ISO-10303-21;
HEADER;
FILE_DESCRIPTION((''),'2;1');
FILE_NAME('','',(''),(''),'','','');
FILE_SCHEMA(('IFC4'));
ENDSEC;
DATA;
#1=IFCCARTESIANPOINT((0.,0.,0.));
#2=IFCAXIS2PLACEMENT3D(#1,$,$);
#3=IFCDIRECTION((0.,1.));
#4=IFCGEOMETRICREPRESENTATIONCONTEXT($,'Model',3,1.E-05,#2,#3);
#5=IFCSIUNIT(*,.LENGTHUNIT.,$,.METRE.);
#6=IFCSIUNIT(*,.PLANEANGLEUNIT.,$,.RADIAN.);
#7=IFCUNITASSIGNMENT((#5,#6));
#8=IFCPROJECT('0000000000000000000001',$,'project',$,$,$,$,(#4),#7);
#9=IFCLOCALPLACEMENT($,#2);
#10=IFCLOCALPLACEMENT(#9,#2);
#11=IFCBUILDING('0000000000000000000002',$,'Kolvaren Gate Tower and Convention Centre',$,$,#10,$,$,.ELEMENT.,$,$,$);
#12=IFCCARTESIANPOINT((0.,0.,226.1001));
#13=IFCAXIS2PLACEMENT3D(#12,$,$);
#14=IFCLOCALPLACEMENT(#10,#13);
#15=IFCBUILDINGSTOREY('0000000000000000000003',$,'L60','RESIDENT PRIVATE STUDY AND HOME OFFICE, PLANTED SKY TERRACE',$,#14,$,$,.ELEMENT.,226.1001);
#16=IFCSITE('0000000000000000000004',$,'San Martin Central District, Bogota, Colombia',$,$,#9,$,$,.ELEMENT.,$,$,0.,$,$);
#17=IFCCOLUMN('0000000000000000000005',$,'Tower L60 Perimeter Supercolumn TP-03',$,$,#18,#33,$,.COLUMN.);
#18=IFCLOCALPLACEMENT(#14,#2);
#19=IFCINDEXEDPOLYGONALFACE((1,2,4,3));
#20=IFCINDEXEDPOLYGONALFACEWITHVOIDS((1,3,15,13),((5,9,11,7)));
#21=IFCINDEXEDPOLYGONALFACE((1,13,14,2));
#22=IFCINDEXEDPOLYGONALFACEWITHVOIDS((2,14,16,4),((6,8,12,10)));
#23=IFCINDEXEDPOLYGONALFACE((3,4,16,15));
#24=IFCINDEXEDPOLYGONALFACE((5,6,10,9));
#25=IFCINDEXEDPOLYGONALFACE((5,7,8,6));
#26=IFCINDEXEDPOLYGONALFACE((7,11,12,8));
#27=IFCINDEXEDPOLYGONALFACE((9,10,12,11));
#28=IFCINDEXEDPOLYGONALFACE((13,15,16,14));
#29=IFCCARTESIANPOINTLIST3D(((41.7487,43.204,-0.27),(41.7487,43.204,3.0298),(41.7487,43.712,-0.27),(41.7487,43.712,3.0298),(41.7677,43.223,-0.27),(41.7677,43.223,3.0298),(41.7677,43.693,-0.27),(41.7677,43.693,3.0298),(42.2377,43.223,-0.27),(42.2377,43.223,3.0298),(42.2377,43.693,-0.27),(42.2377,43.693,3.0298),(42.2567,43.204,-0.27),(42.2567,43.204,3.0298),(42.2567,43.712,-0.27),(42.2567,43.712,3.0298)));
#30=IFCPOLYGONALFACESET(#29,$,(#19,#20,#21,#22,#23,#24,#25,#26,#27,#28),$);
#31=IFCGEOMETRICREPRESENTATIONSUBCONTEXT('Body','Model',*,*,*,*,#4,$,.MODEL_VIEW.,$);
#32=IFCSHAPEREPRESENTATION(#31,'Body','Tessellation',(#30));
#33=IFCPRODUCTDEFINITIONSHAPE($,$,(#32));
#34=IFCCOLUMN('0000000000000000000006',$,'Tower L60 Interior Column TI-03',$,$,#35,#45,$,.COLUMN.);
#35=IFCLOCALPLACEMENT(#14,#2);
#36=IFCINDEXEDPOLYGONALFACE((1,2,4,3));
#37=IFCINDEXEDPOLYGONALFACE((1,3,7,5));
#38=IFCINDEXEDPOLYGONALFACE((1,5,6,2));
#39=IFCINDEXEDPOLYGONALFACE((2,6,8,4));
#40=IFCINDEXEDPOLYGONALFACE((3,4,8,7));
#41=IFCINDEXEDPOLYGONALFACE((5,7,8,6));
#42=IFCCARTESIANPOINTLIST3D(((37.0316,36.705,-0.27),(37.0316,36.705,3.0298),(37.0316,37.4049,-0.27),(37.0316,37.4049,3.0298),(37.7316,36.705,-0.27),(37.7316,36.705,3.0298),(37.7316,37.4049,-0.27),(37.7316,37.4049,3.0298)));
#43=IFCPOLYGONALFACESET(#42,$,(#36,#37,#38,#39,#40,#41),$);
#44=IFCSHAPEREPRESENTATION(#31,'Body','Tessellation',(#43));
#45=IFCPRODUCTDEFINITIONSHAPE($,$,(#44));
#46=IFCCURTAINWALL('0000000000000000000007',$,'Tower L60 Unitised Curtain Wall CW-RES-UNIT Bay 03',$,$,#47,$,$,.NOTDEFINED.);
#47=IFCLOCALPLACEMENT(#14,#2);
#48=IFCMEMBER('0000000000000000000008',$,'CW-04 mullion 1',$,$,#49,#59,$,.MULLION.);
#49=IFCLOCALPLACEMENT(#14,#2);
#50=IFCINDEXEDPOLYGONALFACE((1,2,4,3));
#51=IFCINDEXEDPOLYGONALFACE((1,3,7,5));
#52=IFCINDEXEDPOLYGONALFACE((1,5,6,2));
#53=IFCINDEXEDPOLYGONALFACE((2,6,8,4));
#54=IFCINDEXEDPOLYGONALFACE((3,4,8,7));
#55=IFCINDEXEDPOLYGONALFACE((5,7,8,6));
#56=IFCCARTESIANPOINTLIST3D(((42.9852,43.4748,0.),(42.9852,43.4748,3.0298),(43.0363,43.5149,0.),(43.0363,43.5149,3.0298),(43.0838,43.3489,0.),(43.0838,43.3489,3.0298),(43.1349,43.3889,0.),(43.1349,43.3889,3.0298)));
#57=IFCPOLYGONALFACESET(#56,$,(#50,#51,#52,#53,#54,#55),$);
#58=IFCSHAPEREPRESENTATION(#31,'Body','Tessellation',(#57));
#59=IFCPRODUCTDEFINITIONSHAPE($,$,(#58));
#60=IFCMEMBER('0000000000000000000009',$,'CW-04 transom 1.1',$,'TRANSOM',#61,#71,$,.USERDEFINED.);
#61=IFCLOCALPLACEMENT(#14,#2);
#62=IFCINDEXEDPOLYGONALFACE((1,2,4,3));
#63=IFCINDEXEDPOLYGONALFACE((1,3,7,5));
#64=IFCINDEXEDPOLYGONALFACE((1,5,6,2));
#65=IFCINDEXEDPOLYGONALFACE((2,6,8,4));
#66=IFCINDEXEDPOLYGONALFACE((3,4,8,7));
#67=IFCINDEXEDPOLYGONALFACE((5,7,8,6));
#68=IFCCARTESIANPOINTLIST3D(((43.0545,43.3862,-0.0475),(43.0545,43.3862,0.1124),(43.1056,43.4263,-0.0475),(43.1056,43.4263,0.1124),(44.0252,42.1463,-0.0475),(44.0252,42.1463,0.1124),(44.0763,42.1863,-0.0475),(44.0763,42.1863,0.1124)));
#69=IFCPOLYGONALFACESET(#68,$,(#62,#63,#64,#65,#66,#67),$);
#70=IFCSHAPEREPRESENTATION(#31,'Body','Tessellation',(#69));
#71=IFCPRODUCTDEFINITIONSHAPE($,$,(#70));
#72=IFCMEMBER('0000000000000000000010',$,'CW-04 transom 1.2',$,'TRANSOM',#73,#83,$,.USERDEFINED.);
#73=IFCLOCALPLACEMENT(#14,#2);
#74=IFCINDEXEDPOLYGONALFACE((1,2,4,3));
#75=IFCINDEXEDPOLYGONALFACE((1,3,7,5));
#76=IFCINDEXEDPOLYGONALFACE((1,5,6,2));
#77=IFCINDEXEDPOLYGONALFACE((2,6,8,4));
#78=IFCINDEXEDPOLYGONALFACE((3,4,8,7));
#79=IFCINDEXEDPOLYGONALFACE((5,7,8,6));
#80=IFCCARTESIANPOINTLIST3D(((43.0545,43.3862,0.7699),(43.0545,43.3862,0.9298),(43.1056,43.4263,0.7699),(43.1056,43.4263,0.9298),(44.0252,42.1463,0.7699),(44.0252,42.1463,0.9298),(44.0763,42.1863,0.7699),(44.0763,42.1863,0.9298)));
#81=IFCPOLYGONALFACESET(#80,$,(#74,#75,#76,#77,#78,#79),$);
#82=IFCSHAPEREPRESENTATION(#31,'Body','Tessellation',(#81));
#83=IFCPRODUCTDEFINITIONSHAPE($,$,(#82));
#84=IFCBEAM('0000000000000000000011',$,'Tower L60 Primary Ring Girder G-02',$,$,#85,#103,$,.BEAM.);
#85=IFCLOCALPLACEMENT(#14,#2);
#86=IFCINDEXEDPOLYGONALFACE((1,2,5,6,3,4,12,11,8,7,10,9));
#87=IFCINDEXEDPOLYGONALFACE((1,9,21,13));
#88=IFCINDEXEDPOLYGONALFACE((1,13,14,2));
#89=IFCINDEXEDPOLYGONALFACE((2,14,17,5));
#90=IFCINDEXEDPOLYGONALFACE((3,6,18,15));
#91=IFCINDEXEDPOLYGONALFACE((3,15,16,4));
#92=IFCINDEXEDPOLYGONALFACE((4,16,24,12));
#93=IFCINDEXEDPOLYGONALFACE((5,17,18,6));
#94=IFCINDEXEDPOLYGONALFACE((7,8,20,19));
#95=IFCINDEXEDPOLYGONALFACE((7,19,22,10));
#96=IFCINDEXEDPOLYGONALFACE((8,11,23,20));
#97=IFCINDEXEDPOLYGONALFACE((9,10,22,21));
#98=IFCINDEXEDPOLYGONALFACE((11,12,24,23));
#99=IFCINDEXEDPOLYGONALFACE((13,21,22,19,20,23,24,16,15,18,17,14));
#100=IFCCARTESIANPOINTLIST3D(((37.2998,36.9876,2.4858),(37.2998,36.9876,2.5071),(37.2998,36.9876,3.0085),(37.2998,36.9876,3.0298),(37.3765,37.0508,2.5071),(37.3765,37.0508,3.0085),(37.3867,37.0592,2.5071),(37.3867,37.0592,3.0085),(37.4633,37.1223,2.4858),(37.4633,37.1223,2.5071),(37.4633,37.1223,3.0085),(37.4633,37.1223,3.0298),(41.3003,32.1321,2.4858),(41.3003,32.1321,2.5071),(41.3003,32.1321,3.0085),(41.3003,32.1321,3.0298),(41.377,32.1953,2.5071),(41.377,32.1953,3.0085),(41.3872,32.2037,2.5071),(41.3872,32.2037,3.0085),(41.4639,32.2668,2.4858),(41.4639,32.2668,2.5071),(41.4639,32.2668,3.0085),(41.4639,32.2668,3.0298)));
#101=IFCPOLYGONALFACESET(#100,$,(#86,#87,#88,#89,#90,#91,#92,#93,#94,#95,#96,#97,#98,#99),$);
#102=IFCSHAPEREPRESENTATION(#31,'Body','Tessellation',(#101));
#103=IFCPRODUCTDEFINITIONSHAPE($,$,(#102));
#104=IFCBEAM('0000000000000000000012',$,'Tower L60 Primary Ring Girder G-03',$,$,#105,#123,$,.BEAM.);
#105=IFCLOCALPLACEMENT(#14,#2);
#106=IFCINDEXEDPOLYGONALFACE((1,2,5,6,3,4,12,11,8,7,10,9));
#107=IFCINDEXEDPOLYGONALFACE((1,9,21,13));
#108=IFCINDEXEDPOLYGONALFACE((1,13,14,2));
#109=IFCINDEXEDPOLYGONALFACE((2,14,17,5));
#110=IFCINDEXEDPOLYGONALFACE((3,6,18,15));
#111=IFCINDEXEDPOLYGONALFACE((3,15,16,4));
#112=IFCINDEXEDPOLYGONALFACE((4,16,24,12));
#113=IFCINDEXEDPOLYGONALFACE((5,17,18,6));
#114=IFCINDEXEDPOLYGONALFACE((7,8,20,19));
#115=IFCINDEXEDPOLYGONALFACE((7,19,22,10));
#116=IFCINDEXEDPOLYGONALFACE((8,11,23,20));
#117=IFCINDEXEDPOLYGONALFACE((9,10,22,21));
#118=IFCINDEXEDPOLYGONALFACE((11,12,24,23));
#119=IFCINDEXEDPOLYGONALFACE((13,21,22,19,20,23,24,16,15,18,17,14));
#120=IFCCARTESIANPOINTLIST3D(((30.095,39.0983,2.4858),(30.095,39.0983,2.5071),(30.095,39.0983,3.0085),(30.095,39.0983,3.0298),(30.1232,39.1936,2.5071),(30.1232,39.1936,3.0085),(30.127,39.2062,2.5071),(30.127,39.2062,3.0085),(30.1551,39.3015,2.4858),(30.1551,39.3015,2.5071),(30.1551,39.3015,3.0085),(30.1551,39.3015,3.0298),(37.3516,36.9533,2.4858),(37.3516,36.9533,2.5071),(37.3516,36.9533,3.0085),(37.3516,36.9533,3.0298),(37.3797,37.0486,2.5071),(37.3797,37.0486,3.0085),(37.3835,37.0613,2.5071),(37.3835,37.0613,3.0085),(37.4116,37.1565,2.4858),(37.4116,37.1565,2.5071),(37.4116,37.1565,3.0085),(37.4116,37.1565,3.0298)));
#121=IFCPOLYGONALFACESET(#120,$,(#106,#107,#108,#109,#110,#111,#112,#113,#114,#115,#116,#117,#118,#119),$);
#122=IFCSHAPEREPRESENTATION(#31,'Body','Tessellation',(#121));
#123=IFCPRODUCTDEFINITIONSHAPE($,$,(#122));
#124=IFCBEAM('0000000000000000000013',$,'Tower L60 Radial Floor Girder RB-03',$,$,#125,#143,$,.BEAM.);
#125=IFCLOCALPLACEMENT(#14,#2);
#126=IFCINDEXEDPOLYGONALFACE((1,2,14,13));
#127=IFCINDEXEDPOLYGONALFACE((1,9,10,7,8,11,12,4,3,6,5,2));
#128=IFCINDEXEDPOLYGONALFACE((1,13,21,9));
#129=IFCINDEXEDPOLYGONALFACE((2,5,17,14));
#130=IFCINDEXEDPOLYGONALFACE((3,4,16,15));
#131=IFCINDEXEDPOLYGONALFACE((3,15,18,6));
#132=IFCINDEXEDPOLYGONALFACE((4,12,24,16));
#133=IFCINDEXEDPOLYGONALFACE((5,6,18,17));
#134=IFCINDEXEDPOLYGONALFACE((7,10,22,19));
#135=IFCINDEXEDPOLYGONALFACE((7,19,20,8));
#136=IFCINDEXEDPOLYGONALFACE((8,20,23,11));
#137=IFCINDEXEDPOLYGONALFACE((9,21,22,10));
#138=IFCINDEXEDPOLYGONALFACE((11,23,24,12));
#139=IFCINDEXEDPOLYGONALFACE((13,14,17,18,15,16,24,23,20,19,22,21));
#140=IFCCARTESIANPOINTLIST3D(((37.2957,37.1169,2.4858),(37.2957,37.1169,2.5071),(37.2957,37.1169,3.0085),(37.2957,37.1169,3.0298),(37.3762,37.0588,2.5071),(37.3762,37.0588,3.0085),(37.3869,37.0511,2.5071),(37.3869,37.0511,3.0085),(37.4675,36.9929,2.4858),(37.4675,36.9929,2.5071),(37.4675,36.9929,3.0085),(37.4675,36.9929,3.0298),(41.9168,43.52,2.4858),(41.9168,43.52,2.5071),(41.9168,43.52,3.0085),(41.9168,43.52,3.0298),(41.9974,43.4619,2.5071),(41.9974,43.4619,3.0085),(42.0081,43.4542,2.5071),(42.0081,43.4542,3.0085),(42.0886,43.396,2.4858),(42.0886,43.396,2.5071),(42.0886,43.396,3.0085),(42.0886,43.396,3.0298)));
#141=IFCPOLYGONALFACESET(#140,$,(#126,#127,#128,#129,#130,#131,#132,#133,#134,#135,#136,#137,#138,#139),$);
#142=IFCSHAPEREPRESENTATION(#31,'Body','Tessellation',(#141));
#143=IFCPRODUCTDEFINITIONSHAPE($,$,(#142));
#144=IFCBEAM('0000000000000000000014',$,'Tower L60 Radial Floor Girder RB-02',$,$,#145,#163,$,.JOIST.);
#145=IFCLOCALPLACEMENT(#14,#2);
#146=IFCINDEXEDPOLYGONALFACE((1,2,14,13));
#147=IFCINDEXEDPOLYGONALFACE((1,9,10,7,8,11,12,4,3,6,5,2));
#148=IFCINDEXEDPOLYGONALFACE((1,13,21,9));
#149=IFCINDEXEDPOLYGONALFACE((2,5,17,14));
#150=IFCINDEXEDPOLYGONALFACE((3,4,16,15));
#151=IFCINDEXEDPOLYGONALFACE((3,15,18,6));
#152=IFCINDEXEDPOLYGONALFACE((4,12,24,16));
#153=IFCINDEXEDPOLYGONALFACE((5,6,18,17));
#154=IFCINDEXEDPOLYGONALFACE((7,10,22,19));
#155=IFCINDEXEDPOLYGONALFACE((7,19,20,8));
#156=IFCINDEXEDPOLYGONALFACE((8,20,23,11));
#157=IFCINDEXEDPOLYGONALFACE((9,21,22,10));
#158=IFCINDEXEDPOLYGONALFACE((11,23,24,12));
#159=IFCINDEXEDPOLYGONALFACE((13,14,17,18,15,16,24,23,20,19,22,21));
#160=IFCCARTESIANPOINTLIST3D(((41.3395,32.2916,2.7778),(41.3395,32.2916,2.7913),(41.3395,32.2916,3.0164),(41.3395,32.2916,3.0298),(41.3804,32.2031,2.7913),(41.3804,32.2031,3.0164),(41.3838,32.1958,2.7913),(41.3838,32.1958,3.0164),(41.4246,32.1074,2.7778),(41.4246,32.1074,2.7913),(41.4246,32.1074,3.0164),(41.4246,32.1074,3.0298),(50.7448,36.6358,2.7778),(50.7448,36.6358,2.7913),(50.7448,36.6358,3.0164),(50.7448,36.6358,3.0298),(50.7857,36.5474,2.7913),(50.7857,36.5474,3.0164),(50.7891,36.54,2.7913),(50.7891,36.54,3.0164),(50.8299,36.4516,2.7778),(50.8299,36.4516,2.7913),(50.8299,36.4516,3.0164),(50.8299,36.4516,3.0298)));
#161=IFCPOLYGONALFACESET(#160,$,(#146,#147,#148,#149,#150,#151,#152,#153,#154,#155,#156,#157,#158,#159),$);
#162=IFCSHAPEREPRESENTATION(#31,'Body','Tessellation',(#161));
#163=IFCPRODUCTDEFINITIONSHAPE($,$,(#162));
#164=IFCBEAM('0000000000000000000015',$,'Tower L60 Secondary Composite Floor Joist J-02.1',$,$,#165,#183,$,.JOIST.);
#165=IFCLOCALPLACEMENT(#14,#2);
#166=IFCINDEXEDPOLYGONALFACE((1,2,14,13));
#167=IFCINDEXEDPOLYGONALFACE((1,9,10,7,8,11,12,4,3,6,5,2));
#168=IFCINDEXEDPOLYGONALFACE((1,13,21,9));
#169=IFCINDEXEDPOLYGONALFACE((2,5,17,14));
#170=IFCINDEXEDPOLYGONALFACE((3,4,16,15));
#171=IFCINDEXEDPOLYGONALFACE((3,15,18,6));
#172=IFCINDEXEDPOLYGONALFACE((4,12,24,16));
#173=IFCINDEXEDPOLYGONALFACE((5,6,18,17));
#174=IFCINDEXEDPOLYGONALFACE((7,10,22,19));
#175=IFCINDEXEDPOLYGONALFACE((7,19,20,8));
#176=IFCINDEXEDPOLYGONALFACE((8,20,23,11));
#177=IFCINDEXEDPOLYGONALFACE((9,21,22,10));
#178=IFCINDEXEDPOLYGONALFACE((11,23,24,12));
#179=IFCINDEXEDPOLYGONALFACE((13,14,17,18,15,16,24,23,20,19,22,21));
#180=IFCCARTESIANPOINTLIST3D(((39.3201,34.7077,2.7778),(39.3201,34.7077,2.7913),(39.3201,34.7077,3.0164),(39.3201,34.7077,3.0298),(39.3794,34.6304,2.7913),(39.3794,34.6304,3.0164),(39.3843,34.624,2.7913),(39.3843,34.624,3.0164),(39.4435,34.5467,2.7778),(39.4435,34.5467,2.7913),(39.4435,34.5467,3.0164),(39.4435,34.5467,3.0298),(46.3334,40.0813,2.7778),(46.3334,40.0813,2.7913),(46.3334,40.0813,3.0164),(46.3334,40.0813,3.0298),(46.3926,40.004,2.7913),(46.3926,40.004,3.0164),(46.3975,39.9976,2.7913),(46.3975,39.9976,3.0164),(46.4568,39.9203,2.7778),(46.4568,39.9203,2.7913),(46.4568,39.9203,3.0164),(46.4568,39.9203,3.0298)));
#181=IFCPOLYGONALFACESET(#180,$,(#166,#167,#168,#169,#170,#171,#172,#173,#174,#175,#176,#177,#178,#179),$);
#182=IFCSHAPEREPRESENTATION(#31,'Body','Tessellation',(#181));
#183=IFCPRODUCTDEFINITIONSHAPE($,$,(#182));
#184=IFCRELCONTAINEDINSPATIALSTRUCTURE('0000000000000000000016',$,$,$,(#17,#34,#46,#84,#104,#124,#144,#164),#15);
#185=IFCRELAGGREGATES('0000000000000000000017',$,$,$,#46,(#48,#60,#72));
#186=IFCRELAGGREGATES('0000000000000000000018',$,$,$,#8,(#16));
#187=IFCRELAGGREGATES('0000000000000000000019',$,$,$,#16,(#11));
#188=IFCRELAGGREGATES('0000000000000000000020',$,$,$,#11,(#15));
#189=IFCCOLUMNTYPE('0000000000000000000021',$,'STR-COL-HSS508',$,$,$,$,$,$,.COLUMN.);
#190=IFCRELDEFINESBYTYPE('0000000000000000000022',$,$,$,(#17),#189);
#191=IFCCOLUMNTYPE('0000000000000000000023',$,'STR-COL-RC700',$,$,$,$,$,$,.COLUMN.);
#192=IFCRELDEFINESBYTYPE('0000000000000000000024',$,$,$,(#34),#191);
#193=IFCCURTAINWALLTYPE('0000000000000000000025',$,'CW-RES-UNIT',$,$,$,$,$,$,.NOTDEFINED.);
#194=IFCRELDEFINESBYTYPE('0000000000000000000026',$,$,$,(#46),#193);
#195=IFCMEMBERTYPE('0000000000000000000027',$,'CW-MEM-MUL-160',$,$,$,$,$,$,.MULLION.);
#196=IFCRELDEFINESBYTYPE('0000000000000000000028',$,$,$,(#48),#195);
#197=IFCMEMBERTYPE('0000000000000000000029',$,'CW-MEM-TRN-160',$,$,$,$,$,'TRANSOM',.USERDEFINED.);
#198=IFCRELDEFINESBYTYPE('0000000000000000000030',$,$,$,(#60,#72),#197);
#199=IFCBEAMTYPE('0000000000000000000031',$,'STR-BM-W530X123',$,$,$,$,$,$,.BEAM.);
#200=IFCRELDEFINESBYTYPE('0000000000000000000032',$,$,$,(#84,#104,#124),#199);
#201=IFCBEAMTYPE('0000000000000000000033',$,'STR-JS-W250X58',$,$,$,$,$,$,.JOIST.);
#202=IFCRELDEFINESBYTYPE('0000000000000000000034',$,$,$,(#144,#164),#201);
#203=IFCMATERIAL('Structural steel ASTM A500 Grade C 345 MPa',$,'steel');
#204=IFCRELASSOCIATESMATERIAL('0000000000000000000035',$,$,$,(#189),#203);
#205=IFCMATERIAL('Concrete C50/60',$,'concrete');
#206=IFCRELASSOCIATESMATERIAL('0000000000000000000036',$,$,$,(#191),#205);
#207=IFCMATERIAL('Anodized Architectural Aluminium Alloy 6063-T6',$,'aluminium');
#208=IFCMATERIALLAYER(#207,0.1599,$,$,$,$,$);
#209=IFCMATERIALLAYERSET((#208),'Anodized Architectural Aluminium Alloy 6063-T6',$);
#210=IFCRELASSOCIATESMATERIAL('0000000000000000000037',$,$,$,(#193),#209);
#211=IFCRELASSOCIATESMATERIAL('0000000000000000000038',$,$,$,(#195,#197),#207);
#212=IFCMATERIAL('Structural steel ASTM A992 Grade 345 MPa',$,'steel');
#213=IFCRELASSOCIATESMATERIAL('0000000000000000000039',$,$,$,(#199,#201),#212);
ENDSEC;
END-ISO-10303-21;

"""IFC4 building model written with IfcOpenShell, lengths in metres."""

from ifc_helpers import new_model, si_unit, direction, frame, origin, origin_2d, place, context, subcontext, project, spatial, rectangle, hollow_rectangle, i_section, extrude, material, layer, layer_set, material_profile, profile_set, type_object, element, aggregate, save


model = new_model("IFC4")

# Units and contexts
model_context = context("Model", 3, precision=1e-05, world=origin(), true_north=direction((0.0, 1.0)))
body_context = subcontext(model_context, "Body", "Model", "MODEL_VIEW")
ifc_project = project(units=[si_unit("LENGTHUNIT", "METRE"), si_unit("PLANEANGLEUNIT", "RADIAN")], contexts=[model_context])

# Site, building, storey
site_placement = place(None, origin())
site = spatial("IfcSite", under=ifc_project, at=site_placement, Name="San Martin Central District, Bogota, Colombia", CompositionType="ELEMENT", RefElevation=0.0)
building_placement = place(site_placement, origin())
building = spatial("IfcBuilding", under=site, at=building_placement, Name="Kolvaren Gate Tower and Convention Centre", CompositionType="ELEMENT")
storey_placement = place(building_placement, frame((0.0, 0.0, 226.1001)))
storey = spatial("IfcBuildingStorey", under=building, at=storey_placement, Name="L60", Description="RESIDENT PRIVATE STUDY AND HOME OFFICE, PLANTED SKY TERRACE", CompositionType="ELEMENT", Elevation=226.1001)

# Columns
ifc_material_1 = material(Name="Structural steel ASTM A500 Grade C 345 MPa", Category="steel")
ifc_material_profile_1 = material_profile(ifc_material_1, hollow_rectangle(XDim=0.5081, YDim=0.5081, WallThickness=0.019, at=origin_2d()), Name="HSS508X508X19.1")
ifc_profile_set_1 = profile_set([ifc_material_profile_1], Name="Structural steel ASTM A500 Grade C 345 MPa")
column_type_1 = type_object("IfcColumnType", Name="STR-COL-HSS508", PredefinedType="COLUMN", material=ifc_profile_set_1)
column_1_placement = place(storey_placement, frame((42.0027, 43.458, -0.27), z_axis=(0.0, 0.0, 1.0), x_axis=(1.0, 0.0, 0.0)))
element("IfcColumn", 1, at=column_1_placement, inside=storey, type_object=column_type_1, Name="Tower L60 Perimeter Supercolumn TP-03", PredefinedType="COLUMN", context=body_context, shape_type="SweptSolid", body=[
    extrude(hollow_rectangle(XDim=0.5081, YDim=0.5081, WallThickness=0.019, at=origin_2d()), origin(), (0.0, 0.0, 1.0), 3.2998),
])
ifc_material_2 = material(Name="Concrete C50/60", Category="concrete")
ifc_material_profile_2 = material_profile(ifc_material_2, rectangle(XDim=0.7, YDim=0.7, at=origin_2d()), Name="RC-COL-700X700")
ifc_profile_set_2 = profile_set([ifc_material_profile_2], Name="Concrete C50/60")
column_type_2 = type_object("IfcColumnType", Name="STR-COL-RC700", PredefinedType="COLUMN", material=ifc_profile_set_2)
column_2_placement = place(storey_placement, frame((37.3816, 37.0549, -0.27), z_axis=(0.0, 0.0, 1.0), x_axis=(1.0, 0.0, 0.0)))
element("IfcColumn", 2, at=column_2_placement, inside=storey, type_object=column_type_2, Name="Tower L60 Interior Column TI-03", PredefinedType="COLUMN", context=body_context, shape_type="SweptSolid", body=[
    extrude(rectangle(XDim=0.7, YDim=0.7, at=origin_2d()), origin(), (0.0, 0.0, 1.0), 3.2998),
])

# Curtain wall, members
ifc_material_3 = material(Name="Anodized Architectural Aluminium Alloy 6063-T6", Category="aluminium")
ifc_layer_1 = layer(ifc_material_3, 0.1599)
ifc_layer_set_1 = layer_set([ifc_layer_1], Name="Anodized Architectural Aluminium Alloy 6063-T6")
curtain_wall_type = type_object("IfcCurtainWallType", Name="CW-RES-UNIT", PredefinedType="NOTDEFINED", material=ifc_layer_set_1)
curtain_wall_placement = place(storey_placement, origin())
curtain_wall = element("IfcCurtainWall", 3, at=curtain_wall_placement, inside=storey, type_object=curtain_wall_type, Name="Tower L60 Unitised Curtain Wall CW-RES-UNIT Bay 03", PredefinedType="NOTDEFINED")
ifc_material_profile_3 = material_profile(ifc_material_3, rectangle(XDim=0.0649, YDim=0.1599, at=origin_2d()), Name="CW-MEM-MUL-160")
ifc_profile_set_3 = profile_set([ifc_material_profile_3], Name="Anodized Architectural Aluminium Alloy 6063-T6")
member_type_1 = type_object("IfcMemberType", Name="CW-MEM-MUL-160", PredefinedType="MULLION", material=ifc_profile_set_3)
member_1_placement = place(storey_placement, frame((43.0601, 43.4319, 0.0), z_axis=(0.0, 0.0, 1.0), x_axis=(0.787404, 0.616437, 0.0)))
member_1 = element("IfcMember", 4, at=member_1_placement, type_object=member_type_1, Name="CW-04 mullion 1", PredefinedType="MULLION", context=body_context, shape_type="SweptSolid", body=[
    extrude(rectangle(XDim=0.0649, YDim=0.1599, at=origin_2d()), origin(), (0.0, 0.0, 1.0), 3.0298),
])
ifc_material_profile_4 = material_profile(ifc_material_3, rectangle(XDim=0.0649, YDim=0.1599, at=origin_2d()), Name="CW-MEM-TRN-160")
ifc_profile_set_4 = profile_set([ifc_material_profile_4], Name="Anodized Architectural Aluminium Alloy 6063-T6")
member_type_2 = type_object("IfcMemberType", Name="CW-MEM-TRN-160", ElementType="TRANSOM", PredefinedType="USERDEFINED", material=ifc_profile_set_4)
member_2_placement = place(storey_placement, frame((43.0801, 43.4062, 0.0325), z_axis=(0.616417, -0.78742, 0.0), x_axis=(0.78742, 0.616417, 0.0)))
member_2 = element("IfcMember", 5, at=member_2_placement, type_object=member_type_2, Name="CW-04 transom 1.1", ObjectType="TRANSOM", PredefinedType="USERDEFINED", context=body_context, shape_type="SweptSolid", body=[
    extrude(rectangle(XDim=0.0649, YDim=0.1599, at=origin_2d()), origin(), (0.0, 0.0, 1.0), 1.5747),
])
member_3_placement = place(storey_placement, frame((43.0801, 43.4062, 0.8499), z_axis=(0.616417, -0.78742, 0.0), x_axis=(0.78742, 0.616417, 0.0)))
member_3 = element("IfcMember", 6, at=member_3_placement, type_object=member_type_2, Name="CW-04 transom 1.2", ObjectType="TRANSOM", PredefinedType="USERDEFINED", context=body_context, shape_type="SweptSolid", body=[
    extrude(rectangle(XDim=0.0649, YDim=0.1599, at=origin_2d()), origin(), (0.0, 0.0, 1.0), 1.5747),
])
aggregate(curtain_wall, [member_1, member_2, member_3])

# Beams
ifc_material_4 = material(Name="Structural steel ASTM A992 Grade 345 MPa", Category="steel")
ifc_material_profile_5 = material_profile(ifc_material_4, i_section(OverallWidth=0.2119, OverallDepth=0.5439, WebThickness=0.0132, FlangeThickness=0.0212, at=origin_2d()), Name="W530X123")
ifc_profile_set_5 = profile_set([ifc_material_profile_5], Name="Structural steel ASTM A992 Grade 345 MPa")
beam_type_1 = type_object("IfcBeamType", Name="STR-BM-W530X123", PredefinedType="BEAM", material=ifc_profile_set_5)
beam_1_placement = place(storey_placement, frame((41.3821, 32.1995, 2.7578), z_axis=(-0.635884, 0.771785, 0.0), x_axis=(-0.771785, -0.635884, 0.0)))
element("IfcBeam", 7, at=beam_1_placement, inside=storey, type_object=beam_type_1, Name="Tower L60 Primary Ring Girder G-02", PredefinedType="BEAM", context=body_context, shape_type="SweptSolid", body=[
    extrude(i_section(OverallWidth=0.2119, OverallDepth=0.5439, WebThickness=0.0132, FlangeThickness=0.0212, at=origin_2d()), origin(), (0.0, 0.0, 1.0), 6.2913),
])
beam_2_placement = place(storey_placement, frame((37.3816, 37.0549, 2.7578), z_axis=(-0.958981, 0.283471, 0.0), x_axis=(-0.283471, -0.958981, 0.0)))
element("IfcBeam", 8, at=beam_2_placement, inside=storey, type_object=beam_type_1, Name="Tower L60 Primary Ring Girder G-03", PredefinedType="BEAM", context=body_context, shape_type="SweptSolid", body=[
    extrude(i_section(OverallWidth=0.2119, OverallDepth=0.5439, WebThickness=0.0132, FlangeThickness=0.0212, at=origin_2d()), origin(), (0.0, 0.0, 1.0), 7.5669),
])
beam_3_placement = place(storey_placement, frame((37.3816, 37.0549, 2.7578), z_axis=(0.585212, 0.810881, 0.0), x_axis=(-0.810881, 0.585212, 0.0)))
element("IfcBeam", 9, at=beam_3_placement, inside=storey, type_object=beam_type_1, Name="Tower L60 Radial Floor Girder RB-03", PredefinedType="BEAM", context=body_context, shape_type="SweptSolid", body=[
    extrude(i_section(OverallWidth=0.2119, OverallDepth=0.5439, WebThickness=0.0132, FlangeThickness=0.0212, at=origin_2d()), origin(), (0.0, 0.0, 1.0), 7.8965),
])
ifc_material_profile_6 = material_profile(ifc_material_4, i_section(OverallWidth=0.2029, OverallDepth=0.252, WebThickness=0.0081, FlangeThickness=0.0134, at=origin_2d()), Name="W250X58")
ifc_profile_set_6 = profile_set([ifc_material_profile_6], Name="Structural steel ASTM A992 Grade 345 MPa")
beam_type_2 = type_object("IfcBeamType", Name="STR-JS-W250X58", PredefinedType="JOIST", material=ifc_profile_set_6)
beam_4_placement = place(storey_placement, frame((41.3821, 32.1995, 2.9038), z_axis=(0.907837, 0.419324, 0.0), x_axis=(-0.419324, 0.907837, 0.0)))
element("IfcBeam", 10, at=beam_4_placement, inside=storey, type_object=beam_type_2, Name="Tower L60 Radial Floor Girder RB-02", PredefinedType="JOIST", context=body_context, shape_type="SweptSolid", body=[
    extrude(i_section(OverallWidth=0.2029, OverallDepth=0.252, WebThickness=0.0081, FlangeThickness=0.0134, at=origin_2d()), origin(), (0.0, 0.0, 1.0), 10.3601),
])
beam_5_placement = place(storey_placement, frame((39.3818, 34.6272, 2.9038), z_axis=(0.793783, 0.608201, 0.0), x_axis=(-0.608201, 0.793783, 0.0)))
element("IfcBeam", 11, at=beam_5_placement, inside=storey, type_object=beam_type_2, Name="Tower L60 Secondary Composite Floor Joist J-02.1", PredefinedType="JOIST", context=body_context, shape_type="SweptSolid", body=[
    extrude(i_section(OverallWidth=0.2029, OverallDepth=0.252, WebThickness=0.0081, FlangeThickness=0.0134, at=origin_2d()), origin(), (0.0, 0.0, 1.0), 8.8352),
])

save(model, "model.ifc")
